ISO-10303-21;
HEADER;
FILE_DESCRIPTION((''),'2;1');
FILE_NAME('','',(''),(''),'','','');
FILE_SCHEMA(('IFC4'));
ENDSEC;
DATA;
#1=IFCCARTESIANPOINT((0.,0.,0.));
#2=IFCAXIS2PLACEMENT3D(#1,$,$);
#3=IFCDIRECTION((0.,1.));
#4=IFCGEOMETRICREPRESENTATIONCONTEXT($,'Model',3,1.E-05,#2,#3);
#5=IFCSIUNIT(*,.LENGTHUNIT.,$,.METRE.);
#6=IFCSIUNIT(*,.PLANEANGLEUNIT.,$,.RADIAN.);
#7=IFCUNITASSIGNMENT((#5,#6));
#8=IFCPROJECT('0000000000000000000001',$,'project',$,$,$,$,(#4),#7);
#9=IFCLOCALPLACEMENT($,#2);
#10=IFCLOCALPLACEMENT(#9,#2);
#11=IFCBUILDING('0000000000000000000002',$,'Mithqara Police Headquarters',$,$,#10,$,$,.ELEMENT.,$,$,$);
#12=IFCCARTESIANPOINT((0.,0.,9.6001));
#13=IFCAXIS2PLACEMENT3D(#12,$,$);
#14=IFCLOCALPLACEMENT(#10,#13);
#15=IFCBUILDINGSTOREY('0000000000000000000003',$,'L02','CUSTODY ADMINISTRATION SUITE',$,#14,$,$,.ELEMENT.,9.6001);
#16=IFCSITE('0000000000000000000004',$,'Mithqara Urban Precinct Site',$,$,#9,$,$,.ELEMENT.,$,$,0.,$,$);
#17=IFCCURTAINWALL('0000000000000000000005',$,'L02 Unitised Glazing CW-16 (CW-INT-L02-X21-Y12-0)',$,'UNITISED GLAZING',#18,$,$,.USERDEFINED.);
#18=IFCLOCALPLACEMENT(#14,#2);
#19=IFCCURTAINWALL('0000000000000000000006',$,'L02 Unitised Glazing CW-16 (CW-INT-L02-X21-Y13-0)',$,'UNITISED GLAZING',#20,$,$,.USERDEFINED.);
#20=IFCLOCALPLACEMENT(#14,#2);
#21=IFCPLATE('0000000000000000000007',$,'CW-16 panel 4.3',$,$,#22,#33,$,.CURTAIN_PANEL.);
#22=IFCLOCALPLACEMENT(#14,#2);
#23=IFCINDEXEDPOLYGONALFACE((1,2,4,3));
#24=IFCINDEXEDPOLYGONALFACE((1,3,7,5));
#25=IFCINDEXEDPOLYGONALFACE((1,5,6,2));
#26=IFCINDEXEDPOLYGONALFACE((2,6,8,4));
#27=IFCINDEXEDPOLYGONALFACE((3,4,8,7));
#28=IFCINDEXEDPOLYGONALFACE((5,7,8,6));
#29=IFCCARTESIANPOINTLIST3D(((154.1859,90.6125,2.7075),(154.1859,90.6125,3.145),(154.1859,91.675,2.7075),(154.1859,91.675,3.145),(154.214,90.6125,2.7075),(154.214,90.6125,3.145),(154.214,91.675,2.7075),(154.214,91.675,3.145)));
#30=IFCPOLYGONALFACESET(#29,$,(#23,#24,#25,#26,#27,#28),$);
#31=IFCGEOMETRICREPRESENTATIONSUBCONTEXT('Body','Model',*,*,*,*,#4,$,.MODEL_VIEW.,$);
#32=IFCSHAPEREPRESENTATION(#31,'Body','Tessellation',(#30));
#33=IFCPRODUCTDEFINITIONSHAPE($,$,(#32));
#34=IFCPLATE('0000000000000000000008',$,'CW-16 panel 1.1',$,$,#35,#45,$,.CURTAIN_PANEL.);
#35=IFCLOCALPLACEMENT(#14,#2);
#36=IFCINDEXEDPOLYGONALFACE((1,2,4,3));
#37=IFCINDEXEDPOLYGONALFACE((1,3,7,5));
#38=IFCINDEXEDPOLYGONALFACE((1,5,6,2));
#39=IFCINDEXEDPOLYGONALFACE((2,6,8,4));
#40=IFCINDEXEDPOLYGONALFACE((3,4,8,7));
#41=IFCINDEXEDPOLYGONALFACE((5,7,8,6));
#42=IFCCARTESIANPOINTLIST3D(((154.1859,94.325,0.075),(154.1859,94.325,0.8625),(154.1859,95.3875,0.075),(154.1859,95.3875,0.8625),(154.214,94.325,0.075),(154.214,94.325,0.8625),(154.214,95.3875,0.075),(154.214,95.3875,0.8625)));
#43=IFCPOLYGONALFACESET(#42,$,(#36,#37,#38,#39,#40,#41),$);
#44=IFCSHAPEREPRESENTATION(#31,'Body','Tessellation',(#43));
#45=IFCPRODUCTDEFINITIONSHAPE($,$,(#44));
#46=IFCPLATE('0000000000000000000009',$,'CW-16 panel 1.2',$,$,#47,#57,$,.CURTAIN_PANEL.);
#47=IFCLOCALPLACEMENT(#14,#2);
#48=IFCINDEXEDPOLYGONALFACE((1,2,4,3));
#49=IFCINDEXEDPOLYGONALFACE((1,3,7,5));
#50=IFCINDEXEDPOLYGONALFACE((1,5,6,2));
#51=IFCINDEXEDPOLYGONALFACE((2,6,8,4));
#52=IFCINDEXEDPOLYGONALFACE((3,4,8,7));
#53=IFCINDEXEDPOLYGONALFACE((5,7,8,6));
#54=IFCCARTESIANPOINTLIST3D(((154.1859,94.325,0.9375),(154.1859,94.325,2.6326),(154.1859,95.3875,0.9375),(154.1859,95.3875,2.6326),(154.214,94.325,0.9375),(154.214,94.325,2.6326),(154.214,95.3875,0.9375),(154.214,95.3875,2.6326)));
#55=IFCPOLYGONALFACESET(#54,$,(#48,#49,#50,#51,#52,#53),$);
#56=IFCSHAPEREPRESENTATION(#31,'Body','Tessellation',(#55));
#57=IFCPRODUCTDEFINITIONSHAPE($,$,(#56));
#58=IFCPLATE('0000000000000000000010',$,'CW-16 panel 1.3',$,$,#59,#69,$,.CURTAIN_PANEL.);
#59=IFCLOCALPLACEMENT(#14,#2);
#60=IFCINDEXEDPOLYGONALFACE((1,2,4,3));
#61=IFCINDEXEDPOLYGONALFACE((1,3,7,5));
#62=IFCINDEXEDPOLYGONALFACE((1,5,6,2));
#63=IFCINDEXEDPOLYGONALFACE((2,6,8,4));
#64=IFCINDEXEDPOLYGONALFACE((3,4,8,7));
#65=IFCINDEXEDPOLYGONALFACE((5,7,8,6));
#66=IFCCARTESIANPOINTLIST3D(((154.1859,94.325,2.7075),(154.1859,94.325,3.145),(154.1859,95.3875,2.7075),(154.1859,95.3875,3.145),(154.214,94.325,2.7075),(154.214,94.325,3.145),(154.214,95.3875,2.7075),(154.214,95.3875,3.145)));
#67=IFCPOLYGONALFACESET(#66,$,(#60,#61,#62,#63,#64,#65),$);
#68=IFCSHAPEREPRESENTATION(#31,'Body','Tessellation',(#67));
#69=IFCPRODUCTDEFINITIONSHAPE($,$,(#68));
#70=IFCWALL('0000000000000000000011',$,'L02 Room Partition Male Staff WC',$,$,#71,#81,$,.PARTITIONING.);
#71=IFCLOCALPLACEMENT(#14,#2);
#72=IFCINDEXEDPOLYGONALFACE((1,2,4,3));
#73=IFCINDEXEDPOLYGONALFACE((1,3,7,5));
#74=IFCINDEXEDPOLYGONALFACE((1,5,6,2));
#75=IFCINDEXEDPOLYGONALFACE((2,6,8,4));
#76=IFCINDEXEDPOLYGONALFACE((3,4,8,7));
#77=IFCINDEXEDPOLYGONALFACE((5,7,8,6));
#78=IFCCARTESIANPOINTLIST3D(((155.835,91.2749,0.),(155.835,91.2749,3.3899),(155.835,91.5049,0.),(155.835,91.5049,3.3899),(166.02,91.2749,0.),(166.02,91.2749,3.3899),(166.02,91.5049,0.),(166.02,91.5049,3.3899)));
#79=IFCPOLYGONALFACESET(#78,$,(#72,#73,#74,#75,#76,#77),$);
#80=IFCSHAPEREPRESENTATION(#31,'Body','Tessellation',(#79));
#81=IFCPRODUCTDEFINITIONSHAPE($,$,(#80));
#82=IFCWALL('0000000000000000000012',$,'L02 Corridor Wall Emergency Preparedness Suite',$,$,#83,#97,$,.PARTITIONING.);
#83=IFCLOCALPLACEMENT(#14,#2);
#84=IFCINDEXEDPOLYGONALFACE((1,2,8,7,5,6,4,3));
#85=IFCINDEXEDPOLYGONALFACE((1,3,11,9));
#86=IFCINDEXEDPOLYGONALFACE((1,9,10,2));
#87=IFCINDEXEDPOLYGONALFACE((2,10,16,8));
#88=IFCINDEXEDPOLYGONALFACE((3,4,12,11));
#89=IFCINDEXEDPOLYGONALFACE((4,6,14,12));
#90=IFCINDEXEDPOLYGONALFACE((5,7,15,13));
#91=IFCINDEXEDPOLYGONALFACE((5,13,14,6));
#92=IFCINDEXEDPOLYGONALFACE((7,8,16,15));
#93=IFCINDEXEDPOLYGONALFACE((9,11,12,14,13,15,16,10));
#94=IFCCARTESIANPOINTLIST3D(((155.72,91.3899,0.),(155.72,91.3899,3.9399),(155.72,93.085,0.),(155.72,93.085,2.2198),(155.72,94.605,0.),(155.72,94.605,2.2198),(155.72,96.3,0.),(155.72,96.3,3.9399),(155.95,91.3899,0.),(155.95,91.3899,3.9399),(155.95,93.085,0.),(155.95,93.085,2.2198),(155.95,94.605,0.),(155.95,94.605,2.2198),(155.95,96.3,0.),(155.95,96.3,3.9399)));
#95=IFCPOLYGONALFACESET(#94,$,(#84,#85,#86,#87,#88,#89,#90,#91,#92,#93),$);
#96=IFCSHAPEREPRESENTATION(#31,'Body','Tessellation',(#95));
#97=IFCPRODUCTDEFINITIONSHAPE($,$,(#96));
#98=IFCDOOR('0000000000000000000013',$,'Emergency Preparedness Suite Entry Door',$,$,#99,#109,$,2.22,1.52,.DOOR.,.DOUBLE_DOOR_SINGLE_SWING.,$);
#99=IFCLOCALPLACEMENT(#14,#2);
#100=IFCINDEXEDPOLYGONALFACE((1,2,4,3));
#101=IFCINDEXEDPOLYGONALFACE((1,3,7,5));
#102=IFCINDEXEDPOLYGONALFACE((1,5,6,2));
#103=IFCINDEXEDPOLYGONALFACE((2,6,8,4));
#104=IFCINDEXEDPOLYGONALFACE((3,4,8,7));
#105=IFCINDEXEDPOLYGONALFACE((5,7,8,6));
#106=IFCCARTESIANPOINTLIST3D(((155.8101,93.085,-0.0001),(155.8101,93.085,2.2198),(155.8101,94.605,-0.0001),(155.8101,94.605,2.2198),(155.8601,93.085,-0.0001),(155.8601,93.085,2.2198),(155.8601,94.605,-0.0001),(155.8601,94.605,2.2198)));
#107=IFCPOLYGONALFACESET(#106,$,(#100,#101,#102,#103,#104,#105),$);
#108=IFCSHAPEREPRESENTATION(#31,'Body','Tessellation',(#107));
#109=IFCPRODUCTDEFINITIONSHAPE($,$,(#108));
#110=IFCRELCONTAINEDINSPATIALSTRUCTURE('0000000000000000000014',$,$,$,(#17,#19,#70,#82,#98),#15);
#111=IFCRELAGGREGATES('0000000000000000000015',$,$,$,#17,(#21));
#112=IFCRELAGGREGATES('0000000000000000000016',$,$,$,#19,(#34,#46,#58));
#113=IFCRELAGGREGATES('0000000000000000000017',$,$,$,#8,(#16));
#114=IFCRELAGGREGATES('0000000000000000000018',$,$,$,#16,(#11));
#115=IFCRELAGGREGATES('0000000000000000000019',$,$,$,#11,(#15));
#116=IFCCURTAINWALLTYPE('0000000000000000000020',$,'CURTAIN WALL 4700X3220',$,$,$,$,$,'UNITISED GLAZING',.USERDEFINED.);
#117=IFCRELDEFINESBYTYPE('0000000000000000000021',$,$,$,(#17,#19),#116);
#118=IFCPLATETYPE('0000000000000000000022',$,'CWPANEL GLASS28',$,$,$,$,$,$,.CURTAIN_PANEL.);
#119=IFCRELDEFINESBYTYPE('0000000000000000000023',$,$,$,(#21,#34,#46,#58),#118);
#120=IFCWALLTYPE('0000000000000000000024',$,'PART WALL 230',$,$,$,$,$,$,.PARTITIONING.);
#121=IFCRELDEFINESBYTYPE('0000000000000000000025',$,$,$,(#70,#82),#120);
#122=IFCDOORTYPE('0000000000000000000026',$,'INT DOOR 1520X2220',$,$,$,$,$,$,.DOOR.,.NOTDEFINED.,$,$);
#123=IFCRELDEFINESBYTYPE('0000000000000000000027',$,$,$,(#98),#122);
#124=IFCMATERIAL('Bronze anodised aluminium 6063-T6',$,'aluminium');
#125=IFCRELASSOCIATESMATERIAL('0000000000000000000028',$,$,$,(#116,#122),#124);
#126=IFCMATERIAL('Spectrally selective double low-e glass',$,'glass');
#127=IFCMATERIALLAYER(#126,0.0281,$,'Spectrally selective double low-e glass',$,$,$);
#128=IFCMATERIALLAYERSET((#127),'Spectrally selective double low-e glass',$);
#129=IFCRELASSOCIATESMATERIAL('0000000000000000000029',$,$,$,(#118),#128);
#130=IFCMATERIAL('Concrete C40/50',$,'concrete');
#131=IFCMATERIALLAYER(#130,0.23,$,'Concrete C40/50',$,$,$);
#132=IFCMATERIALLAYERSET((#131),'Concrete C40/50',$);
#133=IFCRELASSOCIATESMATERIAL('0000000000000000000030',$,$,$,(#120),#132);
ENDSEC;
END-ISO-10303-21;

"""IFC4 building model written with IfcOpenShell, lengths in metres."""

from ifc_helpers import new_model, si_unit, direction, frame, frame_2d, origin, origin_2d, place, context, subcontext, project, spatial, rectangle, extrude, material, layer, layer_set, type_object, element, fill, aggregate, save


model = new_model("IFC4")

# Units and contexts
model_context = context("Model", 3, precision=1e-05, world=origin(), true_north=direction((0.0, 1.0)))
body_context = subcontext(model_context, "Body", "Model", "MODEL_VIEW")
ifc_project = project(units=[si_unit("LENGTHUNIT", "METRE"), si_unit("PLANEANGLEUNIT", "RADIAN")], contexts=[model_context])

# Site, building, storey
site_placement = place(None, origin())
site = spatial("IfcSite", under=ifc_project, at=site_placement, Name="Mithqara Urban Precinct Site", CompositionType="ELEMENT", RefElevation=0.0)
building_placement = place(site_placement, origin())
building = spatial("IfcBuilding", under=site, at=building_placement, Name="Mithqara Police Headquarters", CompositionType="ELEMENT")
storey_placement = place(building_placement, frame((0.0, 0.0, 9.6001)))
storey = spatial("IfcBuildingStorey", under=building, at=storey_placement, Name="L02", Description="CUSTODY ADMINISTRATION SUITE", CompositionType="ELEMENT", Elevation=9.6001)

# Shared definitions
ifc_material_1 = material(Name="Concrete C40/50", Category="concrete")

# Curtain walls
ifc_material_2 = material(Name="Bronze anodised aluminium 6063-T6", Category="aluminium")
curtain_wall_type = type_object("IfcCurtainWallType", Name="CURTAIN WALL 4700X3220", ElementType="UNITISED GLAZING", PredefinedType="USERDEFINED", material=ifc_material_2)
curtain_wall_1_placement = place(storey_placement, origin())
curtain_wall_1 = element("IfcCurtainWall", 1, at=curtain_wall_1_placement, inside=storey, type_object=curtain_wall_type, Name="L02 Unitised Glazing CW-16 (CW-INT-L02-X21-Y12-0)", ObjectType="UNITISED GLAZING", PredefinedType="USERDEFINED")
curtain_wall_2_placement = place(storey_placement, origin())
curtain_wall_2 = element("IfcCurtainWall", 2, at=curtain_wall_2_placement, inside=storey, type_object=curtain_wall_type, Name="L02 Unitised Glazing CW-16 (CW-INT-L02-X21-Y13-0)", ObjectType="UNITISED GLAZING", PredefinedType="USERDEFINED")

# Plates
ifc_material_3 = material(Name="Spectrally selective double low-e glass", Category="glass")
ifc_layer_1 = layer(ifc_material_3, 0.0281, Name="Spectrally selective double low-e glass")
ifc_layer_set_1 = layer_set([ifc_layer_1], Name="Spectrally selective double low-e glass")
plate_type = type_object("IfcPlateType", Name="CWPANEL GLASS28", PredefinedType="CURTAIN_PANEL", material=ifc_layer_set_1)
plate_1_placement = place(storey_placement, frame((154.2, 91.1438, 2.7075), z_axis=(0.0, 0.0, 1.0), x_axis=(0.0, 1.0, 0.0)))
plate_1 = element("IfcPlate", 3, at=plate_1_placement, type_object=plate_type, Name="CW-16 panel 4.3", PredefinedType="CURTAIN_PANEL", context=body_context, shape_type="SweptSolid", body=[
    extrude(rectangle(XDim=1.0625, YDim=0.0281, at=origin_2d()), origin(), (0.0, 0.0, 1.0), 0.4375),
])
aggregate(curtain_wall_1, [plate_1])
plate_2_placement = place(storey_placement, frame((154.2, 94.8562, 0.075), z_axis=(0.0, 0.0, 1.0), x_axis=(0.0, 1.0, 0.0)))
plate_2 = element("IfcPlate", 4, at=plate_2_placement, type_object=plate_type, Name="CW-16 panel 1.1", PredefinedType="CURTAIN_PANEL", context=body_context, shape_type="SweptSolid", body=[
    extrude(rectangle(XDim=1.0625, YDim=0.0281, at=origin_2d()), origin(), (0.0, 0.0, 1.0), 0.7876),
])
plate_3_placement = place(storey_placement, frame((154.2, 94.8562, 0.9375), z_axis=(0.0, 0.0, 1.0), x_axis=(0.0, 1.0, 0.0)))
plate_3 = element("IfcPlate", 5, at=plate_3_placement, type_object=plate_type, Name="CW-16 panel 1.2", PredefinedType="CURTAIN_PANEL", context=body_context, shape_type="SweptSolid", body=[
    extrude(rectangle(XDim=1.0625, YDim=0.0281, at=origin_2d()), origin(), (0.0, 0.0, 1.0), 1.6951),
])
plate_4_placement = place(storey_placement, frame((154.2, 94.8562, 2.7075), z_axis=(0.0, 0.0, 1.0), x_axis=(0.0, 1.0, 0.0)))
plate_4 = element("IfcPlate", 6, at=plate_4_placement, type_object=plate_type, Name="CW-16 panel 1.3", PredefinedType="CURTAIN_PANEL", context=body_context, shape_type="SweptSolid", body=[
    extrude(rectangle(XDim=1.0625, YDim=0.0281, at=origin_2d()), origin(), (0.0, 0.0, 1.0), 0.4375),
])
aggregate(curtain_wall_2, [plate_2, plate_3, plate_4])

# Wall
ifc_layer_2 = layer(ifc_material_1, 0.23, Name="Concrete C40/50")
ifc_layer_set_2 = layer_set([ifc_layer_2], Name="Concrete C40/50")
wall_type = type_object("IfcWallType", Name="PART WALL 230", PredefinedType="PARTITIONING", material=ifc_layer_set_2)
wall_1_placement = place(storey_placement, frame((155.835, 91.3899, 0.0), z_axis=(0.0, 0.0, 1.0), x_axis=(1.0, 0.0, 0.0)))
element("IfcWall", 7, at=wall_1_placement, inside=storey, type_object=wall_type, Name="L02 Room Partition Male Staff WC", PredefinedType="PARTITIONING", context=body_context, shape_type="SweptSolid", body=[
    extrude(rectangle(XDim=10.1851, YDim=0.23, at=frame_2d((5.0925, 0.0))), origin(), (0.0, 0.0, 1.0), 3.3899),
])

# Wall, opening, door
wall_2_placement = place(storey_placement, frame((155.835, 91.3899, 0.0), z_axis=(0.0, 0.0, 1.0), x_axis=(0.0, 1.0, 0.0)))
wall_2 = element("IfcWall", 8, at=wall_2_placement, inside=storey, type_object=wall_type, Name="L02 Corridor Wall Emergency Preparedness Suite", PredefinedType="PARTITIONING", context=body_context, shape_type="SweptSolid", body=[
    extrude(rectangle(XDim=4.9102, YDim=0.23, at=frame_2d((2.4551, 0.0))), origin(), (0.0, 0.0, 1.0), 3.9399),
])
opening_placement = place(wall_2_placement, frame((1.6951, 0.0, 0.0)))
opening = element("IfcOpeningElement", 9, at=opening_placement, cuts=wall_2, PredefinedType="OPENING", context=body_context, shape_type="SweptSolid", body=[
    extrude(rectangle(XDim=1.52, YDim=2.22, at=frame_2d((0.76, 1.1099))), frame((0.0, 0.125, 0.0), z_axis=(0.0, -1.0, 0.0), x_axis=(1.0, 0.0, 0.0)), (0.0, 0.0, 1.0), 0.25),
])
door_type = type_object("IfcDoorType", Name="INT DOOR 1520X2220", OperationType="NOTDEFINED", PredefinedType="DOOR", material=ifc_material_2)
door_placement = place(opening_placement, origin())
door = element("IfcDoor", 10, at=door_placement, inside=storey, type_object=door_type, Name="Emergency Preparedness Suite Entry Door", OperationType="DOUBLE_DOOR_SINGLE_SWING", OverallHeight=2.22, OverallWidth=1.52, PredefinedType="DOOR", context=body_context, shape_type="SweptSolid", body=[
    extrude(rectangle(XDim=1.52, YDim=2.22, at=frame_2d((0.76, 1.1099))), frame((0.0, 0.0249, 0.0), z_axis=(0.0, -1.0, 0.0), x_axis=(1.0, 0.0, 0.0)), (0.0, 0.0, 1.0), 0.05),
])
fill(opening, door)

save(model, "model.ifc")
